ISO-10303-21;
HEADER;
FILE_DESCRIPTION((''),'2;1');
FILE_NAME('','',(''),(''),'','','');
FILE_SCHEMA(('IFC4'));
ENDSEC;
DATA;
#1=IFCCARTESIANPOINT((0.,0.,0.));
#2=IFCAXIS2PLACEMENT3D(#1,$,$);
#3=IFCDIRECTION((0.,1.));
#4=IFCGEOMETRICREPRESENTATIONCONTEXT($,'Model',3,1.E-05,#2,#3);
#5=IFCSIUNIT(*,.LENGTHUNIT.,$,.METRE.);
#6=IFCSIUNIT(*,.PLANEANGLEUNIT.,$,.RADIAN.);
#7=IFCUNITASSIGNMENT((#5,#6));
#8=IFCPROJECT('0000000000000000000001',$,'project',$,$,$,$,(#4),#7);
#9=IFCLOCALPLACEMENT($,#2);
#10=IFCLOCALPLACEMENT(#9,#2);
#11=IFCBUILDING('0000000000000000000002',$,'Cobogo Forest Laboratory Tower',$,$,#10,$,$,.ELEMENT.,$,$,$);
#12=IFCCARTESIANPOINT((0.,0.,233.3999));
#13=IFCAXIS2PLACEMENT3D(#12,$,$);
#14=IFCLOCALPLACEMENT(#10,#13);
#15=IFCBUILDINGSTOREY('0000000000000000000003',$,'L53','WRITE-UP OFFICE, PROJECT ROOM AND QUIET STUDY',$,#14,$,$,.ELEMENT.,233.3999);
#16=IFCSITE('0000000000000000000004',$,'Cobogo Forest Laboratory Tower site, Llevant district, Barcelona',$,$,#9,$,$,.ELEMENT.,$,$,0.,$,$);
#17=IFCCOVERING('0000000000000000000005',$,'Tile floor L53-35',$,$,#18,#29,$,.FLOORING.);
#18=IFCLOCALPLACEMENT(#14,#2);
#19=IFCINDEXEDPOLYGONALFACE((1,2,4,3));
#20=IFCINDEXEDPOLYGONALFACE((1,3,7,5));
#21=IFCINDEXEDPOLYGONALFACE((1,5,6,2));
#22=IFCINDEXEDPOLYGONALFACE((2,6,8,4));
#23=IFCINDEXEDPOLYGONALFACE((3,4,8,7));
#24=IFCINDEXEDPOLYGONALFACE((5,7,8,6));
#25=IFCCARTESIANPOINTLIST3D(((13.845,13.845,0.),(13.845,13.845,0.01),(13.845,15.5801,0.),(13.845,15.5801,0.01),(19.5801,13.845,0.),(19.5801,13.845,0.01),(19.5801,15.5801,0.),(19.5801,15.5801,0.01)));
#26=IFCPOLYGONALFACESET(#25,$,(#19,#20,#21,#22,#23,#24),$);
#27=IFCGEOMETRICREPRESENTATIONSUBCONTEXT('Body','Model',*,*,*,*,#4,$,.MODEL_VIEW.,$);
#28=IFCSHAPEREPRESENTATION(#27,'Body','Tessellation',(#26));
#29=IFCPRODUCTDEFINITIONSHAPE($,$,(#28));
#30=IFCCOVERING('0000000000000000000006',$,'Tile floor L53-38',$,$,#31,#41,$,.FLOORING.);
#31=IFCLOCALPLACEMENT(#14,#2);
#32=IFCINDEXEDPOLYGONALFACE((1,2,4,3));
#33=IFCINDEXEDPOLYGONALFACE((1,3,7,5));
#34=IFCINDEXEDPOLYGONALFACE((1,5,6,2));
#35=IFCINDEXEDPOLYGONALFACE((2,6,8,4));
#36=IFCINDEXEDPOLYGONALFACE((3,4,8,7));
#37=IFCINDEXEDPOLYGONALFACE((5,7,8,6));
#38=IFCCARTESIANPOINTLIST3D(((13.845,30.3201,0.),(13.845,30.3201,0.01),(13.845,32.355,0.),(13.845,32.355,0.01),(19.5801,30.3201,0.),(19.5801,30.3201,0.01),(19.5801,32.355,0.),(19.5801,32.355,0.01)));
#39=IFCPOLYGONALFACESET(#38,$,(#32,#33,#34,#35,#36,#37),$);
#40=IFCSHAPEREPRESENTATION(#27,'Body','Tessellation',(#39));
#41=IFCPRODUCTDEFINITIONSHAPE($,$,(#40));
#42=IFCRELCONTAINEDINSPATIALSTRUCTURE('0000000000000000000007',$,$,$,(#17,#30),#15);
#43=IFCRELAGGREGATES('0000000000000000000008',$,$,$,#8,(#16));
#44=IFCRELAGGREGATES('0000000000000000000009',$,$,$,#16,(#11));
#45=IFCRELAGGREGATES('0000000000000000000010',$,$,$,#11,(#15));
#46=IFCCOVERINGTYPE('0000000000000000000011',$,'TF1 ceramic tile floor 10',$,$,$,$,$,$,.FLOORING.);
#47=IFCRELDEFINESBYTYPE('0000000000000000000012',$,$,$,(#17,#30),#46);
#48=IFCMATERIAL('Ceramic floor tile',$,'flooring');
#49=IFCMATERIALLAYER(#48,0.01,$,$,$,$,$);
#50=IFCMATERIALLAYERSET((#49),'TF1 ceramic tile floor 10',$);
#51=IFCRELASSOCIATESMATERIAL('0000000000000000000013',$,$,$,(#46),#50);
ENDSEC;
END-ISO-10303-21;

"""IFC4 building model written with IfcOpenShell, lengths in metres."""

from ifc_helpers import new_model, si_unit, direction, frame, origin, place, context, subcontext, project, spatial, polyline, outline, extrude, material, layer, layer_set, type_object, element, save


model = new_model("IFC4")

# Units and contexts
model_context = context("Model", 3, precision=1e-05, world=origin(), true_north=direction((0.0, 1.0)))
body_context = subcontext(model_context, "Body", "Model", "MODEL_VIEW")
ifc_project = project(units=[si_unit("LENGTHUNIT", "METRE"), si_unit("PLANEANGLEUNIT", "RADIAN")], contexts=[model_context])

# Site, building, storey
site_placement = place(None, origin())
site = spatial("IfcSite", under=ifc_project, at=site_placement, Name="Cobogo Forest Laboratory Tower site, Llevant district, Barcelona", CompositionType="ELEMENT", RefElevation=0.0)
building_placement = place(site_placement, origin())
building = spatial("IfcBuilding", under=site, at=building_placement, Name="Cobogo Forest Laboratory Tower", CompositionType="ELEMENT")
storey_placement = place(building_placement, frame((0.0, 0.0, 233.3999)))
storey = spatial("IfcBuildingStorey", under=building, at=storey_placement, Name="L53", Description="WRITE-UP OFFICE, PROJECT ROOM AND QUIET STUDY", CompositionType="ELEMENT", Elevation=233.3999)

# Coverings
ifc_material_1 = material(Name="Ceramic floor tile", Category="flooring")
ifc_layer_1 = layer(ifc_material_1, 0.01)
ifc_layer_set_1 = layer_set([ifc_layer_1], Name="TF1 ceramic tile floor 10")
covering_type_1 = type_object("IfcCoveringType", Name="TF1 ceramic tile floor 10", PredefinedType="FLOORING", material=ifc_layer_set_1)
covering_1_placement = place(storey_placement, origin())
element("IfcCovering", 1, at=covering_1_placement, inside=storey, type_object=covering_type_1, Name="Tile floor L53-35", PredefinedType="FLOORING", context=body_context, shape_type="SweptSolid", body=[
    extrude(outline(polyline([(19.5801, 13.845), (13.845, 13.845), (13.845, 15.5801), (19.5801, 15.5801), (19.5801, 13.845)])), origin(), (0.0, 0.0, 1.0), 0.01),
])
covering_2_placement = place(storey_placement, origin())
element("IfcCovering", 2, at=covering_2_placement, inside=storey, type_object=covering_type_1, Name="Tile floor L53-38", PredefinedType="FLOORING", context=body_context, shape_type="SweptSolid", body=[
    extrude(outline(polyline([(19.5801, 30.3201), (13.845, 30.3201), (13.845, 32.355), (19.5801, 32.355), (19.5801, 30.3201)])), origin(), (0.0, 0.0, 1.0), 0.01),
])

save(model, "model.ifc")
